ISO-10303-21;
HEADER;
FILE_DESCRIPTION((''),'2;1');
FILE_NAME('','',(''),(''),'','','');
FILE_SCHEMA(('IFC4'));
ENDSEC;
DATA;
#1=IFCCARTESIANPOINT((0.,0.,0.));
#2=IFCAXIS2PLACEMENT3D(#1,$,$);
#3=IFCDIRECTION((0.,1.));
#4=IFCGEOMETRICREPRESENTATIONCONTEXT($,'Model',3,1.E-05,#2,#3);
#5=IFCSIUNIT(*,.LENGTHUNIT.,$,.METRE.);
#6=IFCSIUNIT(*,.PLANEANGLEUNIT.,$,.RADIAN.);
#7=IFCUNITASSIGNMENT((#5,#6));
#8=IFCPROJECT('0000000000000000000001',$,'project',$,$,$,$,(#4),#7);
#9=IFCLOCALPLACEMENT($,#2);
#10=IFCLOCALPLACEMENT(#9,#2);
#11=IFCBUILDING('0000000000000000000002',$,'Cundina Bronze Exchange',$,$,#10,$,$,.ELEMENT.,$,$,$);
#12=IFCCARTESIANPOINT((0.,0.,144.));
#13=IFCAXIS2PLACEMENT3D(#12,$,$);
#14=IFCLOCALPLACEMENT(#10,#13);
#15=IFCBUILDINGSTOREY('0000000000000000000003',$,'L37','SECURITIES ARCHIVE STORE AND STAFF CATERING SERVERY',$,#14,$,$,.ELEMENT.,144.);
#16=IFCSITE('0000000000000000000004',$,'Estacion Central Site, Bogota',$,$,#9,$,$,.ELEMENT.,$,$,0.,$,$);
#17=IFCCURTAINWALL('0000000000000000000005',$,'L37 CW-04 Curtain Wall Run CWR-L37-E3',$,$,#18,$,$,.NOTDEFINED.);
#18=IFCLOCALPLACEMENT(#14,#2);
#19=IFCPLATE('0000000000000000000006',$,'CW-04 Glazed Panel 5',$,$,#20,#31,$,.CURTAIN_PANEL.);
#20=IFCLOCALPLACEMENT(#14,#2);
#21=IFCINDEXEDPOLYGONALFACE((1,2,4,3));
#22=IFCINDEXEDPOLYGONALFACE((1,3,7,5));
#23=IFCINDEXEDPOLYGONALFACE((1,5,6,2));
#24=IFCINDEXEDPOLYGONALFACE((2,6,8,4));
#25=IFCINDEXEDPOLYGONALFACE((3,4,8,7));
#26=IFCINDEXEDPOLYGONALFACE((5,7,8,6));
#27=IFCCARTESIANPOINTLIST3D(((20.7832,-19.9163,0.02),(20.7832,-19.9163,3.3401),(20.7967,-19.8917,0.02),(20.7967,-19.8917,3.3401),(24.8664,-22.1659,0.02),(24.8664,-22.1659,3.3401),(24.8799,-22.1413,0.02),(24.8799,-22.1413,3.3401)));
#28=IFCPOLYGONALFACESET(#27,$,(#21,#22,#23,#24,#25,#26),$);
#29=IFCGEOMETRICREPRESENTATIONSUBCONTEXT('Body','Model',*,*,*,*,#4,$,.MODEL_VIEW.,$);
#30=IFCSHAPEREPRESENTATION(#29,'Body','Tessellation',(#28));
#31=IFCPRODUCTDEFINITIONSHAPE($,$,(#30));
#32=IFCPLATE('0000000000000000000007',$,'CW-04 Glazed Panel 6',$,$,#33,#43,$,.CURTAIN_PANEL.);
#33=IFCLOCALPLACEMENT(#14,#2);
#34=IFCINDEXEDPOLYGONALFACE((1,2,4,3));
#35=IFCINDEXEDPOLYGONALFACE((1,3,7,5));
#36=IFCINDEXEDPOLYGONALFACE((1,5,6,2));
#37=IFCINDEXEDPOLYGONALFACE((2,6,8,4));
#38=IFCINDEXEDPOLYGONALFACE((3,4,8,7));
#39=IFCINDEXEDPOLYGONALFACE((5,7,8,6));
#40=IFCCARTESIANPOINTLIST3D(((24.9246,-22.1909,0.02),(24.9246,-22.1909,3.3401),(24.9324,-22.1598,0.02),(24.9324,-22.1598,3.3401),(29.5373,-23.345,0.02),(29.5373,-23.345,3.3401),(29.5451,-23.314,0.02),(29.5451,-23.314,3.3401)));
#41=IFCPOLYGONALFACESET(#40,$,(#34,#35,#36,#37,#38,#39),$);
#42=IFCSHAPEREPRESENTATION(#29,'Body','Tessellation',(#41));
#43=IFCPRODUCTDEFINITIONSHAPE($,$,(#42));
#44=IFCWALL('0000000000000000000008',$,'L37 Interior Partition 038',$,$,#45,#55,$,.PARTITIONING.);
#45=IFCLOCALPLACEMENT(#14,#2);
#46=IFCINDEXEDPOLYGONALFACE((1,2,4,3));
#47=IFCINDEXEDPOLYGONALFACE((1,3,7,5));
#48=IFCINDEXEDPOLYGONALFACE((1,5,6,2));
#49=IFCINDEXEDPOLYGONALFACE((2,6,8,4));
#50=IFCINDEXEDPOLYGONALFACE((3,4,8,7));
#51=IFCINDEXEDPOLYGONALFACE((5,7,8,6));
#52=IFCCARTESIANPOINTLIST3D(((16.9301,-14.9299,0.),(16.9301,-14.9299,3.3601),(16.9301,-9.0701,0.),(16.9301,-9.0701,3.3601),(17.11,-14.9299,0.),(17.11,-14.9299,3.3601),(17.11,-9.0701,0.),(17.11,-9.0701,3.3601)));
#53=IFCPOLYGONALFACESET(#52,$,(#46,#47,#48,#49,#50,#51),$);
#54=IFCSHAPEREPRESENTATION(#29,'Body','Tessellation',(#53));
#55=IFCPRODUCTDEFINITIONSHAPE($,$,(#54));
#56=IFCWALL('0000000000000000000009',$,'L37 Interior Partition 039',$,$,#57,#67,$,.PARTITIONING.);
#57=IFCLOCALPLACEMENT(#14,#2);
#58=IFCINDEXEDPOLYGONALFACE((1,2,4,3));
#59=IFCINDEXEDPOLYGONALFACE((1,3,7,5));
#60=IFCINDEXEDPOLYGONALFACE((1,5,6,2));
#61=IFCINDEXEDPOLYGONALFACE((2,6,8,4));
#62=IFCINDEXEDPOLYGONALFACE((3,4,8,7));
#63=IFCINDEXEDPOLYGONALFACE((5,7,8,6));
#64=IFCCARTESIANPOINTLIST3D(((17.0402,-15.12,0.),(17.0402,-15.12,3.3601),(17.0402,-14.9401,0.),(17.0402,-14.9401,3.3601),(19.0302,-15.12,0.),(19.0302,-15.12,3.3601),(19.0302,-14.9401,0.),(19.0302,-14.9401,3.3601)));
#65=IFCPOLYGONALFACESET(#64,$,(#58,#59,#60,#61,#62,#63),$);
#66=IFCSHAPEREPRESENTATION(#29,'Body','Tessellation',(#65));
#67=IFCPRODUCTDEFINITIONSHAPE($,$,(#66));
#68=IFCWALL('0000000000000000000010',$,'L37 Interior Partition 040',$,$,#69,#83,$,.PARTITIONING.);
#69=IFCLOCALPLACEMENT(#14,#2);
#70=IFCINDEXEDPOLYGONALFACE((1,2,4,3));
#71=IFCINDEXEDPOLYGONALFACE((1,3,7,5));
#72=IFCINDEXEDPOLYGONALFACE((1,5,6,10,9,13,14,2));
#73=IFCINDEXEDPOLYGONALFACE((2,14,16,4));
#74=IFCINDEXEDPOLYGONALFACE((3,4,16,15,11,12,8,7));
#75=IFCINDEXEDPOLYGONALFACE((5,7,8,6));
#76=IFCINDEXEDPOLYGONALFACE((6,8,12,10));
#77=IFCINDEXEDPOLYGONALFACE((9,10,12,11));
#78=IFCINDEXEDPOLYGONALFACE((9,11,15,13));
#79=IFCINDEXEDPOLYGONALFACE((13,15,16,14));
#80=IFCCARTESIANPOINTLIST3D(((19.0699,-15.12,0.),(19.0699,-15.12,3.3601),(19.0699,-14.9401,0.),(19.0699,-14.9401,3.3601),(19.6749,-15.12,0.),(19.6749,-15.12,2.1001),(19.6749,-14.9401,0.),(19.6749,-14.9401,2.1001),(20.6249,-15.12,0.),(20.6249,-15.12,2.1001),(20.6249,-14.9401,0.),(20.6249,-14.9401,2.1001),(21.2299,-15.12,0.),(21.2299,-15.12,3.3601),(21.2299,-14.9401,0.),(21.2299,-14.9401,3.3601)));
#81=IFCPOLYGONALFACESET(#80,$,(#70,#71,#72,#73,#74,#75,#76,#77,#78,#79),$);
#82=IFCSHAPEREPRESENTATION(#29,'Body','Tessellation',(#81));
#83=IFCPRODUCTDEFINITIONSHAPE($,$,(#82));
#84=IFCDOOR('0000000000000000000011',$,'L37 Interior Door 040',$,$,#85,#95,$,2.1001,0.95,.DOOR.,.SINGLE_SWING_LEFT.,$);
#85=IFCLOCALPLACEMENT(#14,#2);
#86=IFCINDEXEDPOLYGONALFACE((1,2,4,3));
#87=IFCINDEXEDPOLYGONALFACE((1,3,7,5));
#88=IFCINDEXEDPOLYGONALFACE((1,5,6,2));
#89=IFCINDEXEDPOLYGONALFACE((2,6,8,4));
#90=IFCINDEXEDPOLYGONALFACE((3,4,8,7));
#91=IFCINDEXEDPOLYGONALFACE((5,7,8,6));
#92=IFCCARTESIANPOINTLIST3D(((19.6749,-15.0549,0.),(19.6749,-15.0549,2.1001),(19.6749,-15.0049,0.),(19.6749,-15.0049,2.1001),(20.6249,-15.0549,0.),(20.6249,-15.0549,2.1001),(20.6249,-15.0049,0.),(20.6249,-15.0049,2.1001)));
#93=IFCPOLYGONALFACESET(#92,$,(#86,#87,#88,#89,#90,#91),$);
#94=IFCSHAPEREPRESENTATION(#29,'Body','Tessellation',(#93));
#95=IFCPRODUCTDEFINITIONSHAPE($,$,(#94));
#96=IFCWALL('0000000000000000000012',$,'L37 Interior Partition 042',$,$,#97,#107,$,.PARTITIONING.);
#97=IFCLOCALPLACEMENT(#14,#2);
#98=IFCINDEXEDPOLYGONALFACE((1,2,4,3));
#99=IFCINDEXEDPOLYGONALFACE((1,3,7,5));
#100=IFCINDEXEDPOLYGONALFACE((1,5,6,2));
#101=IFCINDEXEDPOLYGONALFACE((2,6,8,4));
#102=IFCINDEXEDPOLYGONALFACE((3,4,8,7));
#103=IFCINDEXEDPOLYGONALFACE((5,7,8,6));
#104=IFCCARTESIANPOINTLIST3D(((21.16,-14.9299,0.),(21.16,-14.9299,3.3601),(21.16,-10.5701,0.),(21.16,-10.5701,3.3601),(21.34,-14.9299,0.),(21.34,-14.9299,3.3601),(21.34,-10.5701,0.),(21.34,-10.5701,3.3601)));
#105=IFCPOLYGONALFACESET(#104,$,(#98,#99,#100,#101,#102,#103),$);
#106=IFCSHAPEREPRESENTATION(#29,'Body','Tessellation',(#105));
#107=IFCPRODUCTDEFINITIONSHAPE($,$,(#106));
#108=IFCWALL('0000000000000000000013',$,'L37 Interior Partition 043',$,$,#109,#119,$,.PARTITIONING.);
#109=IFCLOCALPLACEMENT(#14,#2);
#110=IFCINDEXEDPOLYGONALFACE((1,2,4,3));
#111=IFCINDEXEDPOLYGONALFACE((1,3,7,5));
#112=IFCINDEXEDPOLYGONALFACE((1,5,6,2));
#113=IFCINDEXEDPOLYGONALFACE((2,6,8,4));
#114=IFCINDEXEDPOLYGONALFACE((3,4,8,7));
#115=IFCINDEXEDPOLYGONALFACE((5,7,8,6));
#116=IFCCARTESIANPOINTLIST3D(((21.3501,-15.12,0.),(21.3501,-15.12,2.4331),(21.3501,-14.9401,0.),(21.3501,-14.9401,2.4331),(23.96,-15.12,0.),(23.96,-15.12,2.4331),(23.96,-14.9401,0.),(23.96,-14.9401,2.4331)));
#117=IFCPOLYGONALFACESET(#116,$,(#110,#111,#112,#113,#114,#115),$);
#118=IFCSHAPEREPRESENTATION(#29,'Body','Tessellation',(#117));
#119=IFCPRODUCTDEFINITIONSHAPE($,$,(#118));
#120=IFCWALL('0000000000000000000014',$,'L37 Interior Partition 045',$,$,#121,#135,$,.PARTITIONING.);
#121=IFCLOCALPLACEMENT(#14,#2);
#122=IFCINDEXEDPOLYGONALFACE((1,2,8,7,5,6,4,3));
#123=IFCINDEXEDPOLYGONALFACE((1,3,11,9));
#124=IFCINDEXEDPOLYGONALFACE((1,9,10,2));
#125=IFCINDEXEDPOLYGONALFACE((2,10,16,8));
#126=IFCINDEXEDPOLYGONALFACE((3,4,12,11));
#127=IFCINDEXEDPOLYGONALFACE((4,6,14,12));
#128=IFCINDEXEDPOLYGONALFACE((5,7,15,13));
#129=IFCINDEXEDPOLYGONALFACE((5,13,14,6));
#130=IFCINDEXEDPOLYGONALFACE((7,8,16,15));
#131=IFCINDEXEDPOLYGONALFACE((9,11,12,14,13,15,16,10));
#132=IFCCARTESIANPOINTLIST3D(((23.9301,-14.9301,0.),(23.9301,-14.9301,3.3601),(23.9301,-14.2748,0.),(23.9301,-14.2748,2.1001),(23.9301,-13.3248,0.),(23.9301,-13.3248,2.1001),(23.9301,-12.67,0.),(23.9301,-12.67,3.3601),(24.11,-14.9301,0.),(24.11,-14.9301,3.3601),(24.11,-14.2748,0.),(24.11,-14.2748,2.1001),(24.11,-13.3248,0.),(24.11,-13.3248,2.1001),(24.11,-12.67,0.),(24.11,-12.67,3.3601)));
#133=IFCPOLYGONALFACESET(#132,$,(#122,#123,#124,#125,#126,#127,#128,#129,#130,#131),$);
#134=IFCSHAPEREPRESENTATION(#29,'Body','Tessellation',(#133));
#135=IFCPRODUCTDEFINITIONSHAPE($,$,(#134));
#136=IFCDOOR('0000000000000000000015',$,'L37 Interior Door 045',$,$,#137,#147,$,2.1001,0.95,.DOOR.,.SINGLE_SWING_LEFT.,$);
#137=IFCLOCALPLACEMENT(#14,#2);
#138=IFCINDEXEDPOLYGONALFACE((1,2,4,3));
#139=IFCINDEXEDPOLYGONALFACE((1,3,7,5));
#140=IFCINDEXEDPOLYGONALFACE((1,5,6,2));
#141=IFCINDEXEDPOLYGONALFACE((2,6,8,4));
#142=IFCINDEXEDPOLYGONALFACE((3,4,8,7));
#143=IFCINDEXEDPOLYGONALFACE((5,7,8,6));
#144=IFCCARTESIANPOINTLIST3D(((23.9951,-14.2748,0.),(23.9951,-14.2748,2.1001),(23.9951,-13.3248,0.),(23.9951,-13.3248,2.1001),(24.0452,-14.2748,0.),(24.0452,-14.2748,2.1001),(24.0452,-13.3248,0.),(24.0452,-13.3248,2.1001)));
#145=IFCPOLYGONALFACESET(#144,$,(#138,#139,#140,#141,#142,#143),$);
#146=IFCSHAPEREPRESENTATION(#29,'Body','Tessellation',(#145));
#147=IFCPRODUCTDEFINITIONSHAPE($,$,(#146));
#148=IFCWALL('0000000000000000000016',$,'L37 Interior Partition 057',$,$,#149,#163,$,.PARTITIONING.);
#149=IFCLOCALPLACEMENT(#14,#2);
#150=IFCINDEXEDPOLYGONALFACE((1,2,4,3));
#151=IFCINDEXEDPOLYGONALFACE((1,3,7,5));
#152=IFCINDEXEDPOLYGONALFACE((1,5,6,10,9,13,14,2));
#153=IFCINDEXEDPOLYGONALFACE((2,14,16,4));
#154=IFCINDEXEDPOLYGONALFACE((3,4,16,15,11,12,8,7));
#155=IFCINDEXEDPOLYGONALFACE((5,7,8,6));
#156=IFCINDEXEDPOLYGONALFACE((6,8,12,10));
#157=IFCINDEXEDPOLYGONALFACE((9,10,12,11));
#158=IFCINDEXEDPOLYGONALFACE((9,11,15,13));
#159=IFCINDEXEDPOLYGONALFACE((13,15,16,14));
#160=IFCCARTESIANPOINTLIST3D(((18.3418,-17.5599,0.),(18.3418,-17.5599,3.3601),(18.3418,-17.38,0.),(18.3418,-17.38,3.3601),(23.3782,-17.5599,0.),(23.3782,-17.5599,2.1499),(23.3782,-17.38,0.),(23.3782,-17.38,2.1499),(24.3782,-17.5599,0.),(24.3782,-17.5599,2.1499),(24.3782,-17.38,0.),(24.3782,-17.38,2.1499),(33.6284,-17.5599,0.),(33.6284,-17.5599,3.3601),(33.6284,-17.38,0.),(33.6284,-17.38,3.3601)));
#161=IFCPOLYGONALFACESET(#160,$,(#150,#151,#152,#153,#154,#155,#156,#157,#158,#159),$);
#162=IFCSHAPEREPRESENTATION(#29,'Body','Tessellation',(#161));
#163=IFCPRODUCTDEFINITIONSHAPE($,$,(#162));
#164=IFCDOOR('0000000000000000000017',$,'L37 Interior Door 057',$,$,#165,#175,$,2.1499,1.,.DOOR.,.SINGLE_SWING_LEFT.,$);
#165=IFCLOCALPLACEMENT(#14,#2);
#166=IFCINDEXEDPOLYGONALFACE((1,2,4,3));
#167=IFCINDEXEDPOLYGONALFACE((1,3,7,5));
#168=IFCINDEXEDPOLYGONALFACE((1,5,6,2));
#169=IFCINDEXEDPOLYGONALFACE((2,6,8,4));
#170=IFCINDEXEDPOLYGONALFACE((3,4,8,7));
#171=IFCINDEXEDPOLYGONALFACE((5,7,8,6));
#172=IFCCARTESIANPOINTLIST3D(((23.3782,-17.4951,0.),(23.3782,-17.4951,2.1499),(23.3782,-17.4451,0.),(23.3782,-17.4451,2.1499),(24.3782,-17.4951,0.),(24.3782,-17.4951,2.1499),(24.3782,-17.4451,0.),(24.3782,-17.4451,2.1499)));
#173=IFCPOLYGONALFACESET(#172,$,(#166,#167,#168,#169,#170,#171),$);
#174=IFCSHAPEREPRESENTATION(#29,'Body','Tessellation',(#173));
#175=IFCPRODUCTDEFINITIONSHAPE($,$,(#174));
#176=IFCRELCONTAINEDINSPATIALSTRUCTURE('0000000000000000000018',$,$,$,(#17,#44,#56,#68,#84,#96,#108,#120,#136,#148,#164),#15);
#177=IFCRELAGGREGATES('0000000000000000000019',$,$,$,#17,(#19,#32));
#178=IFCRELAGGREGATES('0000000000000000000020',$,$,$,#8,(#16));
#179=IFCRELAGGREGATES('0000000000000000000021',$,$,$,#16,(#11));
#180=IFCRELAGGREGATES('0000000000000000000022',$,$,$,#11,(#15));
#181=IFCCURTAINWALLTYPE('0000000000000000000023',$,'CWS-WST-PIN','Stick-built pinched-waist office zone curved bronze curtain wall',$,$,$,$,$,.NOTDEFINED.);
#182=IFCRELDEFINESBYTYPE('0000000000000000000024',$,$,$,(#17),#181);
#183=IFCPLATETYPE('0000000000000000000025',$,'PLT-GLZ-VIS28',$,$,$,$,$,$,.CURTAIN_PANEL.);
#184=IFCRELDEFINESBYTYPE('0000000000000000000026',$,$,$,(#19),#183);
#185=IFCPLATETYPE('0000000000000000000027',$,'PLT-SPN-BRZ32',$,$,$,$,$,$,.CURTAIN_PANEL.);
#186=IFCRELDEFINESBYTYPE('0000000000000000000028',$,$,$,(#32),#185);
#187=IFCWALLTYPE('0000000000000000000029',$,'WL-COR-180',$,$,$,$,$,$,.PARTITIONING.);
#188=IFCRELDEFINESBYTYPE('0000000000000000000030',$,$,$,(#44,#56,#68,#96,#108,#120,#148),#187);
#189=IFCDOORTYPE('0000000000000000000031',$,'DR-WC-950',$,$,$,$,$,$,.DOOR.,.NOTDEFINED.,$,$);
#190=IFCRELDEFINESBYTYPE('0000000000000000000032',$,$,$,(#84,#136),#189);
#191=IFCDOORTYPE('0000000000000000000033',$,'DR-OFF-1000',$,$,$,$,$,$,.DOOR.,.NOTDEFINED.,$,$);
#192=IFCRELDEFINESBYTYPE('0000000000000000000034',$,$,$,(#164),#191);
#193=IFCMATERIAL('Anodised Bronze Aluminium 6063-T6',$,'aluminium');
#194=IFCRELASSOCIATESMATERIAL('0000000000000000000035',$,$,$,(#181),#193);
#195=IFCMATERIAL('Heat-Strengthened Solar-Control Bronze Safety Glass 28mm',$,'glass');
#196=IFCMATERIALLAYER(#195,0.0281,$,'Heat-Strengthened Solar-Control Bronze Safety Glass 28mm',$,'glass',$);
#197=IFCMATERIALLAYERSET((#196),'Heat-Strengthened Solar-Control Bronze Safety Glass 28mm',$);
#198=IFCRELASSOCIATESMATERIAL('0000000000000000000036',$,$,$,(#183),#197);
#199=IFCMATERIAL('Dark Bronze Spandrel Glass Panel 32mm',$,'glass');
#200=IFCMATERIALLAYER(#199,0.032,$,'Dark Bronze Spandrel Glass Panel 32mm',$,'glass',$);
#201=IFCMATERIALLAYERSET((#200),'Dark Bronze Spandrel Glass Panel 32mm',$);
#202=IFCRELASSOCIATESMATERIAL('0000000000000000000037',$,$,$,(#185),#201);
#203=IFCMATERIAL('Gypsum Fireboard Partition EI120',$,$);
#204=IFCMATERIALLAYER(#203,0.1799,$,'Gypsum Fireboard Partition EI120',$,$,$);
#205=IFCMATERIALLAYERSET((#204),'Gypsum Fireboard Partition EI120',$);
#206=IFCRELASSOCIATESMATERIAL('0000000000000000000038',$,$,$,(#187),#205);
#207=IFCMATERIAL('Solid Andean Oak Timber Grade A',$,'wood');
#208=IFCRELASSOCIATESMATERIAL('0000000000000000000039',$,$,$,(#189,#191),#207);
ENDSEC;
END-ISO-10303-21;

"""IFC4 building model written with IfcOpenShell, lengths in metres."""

from ifc_helpers import new_model, si_unit, direction, frame, frame_2d, origin, origin_2d, place, context, subcontext, project, spatial, rectangle, extrude, material, layer, layer_set, type_object, element, fill, aggregate, save


model = new_model("IFC4")

# Units and contexts
model_context = context("Model", 3, precision=1e-05, world=origin(), true_north=direction((0.0, 1.0)))
body_context = subcontext(model_context, "Body", "Model", "MODEL_VIEW")
ifc_project = project(units=[si_unit("LENGTHUNIT", "METRE"), si_unit("PLANEANGLEUNIT", "RADIAN")], contexts=[model_context])

# Site, building, storey
site_placement = place(None, origin())
site = spatial("IfcSite", under=ifc_project, at=site_placement, Name="Estacion Central Site, Bogota", CompositionType="ELEMENT", RefElevation=0.0)
building_placement = place(site_placement, origin())
building = spatial("IfcBuilding", under=site, at=building_placement, Name="Cundina Bronze Exchange", CompositionType="ELEMENT")
storey_placement = place(building_placement, frame((0.0, 0.0, 144.0)))
storey = spatial("IfcBuildingStorey", under=building, at=storey_placement, Name="L37", Description="SECURITIES ARCHIVE STORE AND STAFF CATERING SERVERY", CompositionType="ELEMENT", Elevation=144.0)

# Curtain wall, plates
ifc_material_1 = material(Name="Anodised Bronze Aluminium 6063-T6", Category="aluminium")
curtain_wall_type = type_object("IfcCurtainWallType", Name="CWS-WST-PIN", Description="Stick-built pinched-waist office zone curved bronze curtain wall", PredefinedType="NOTDEFINED", material=ifc_material_1)
curtain_wall_placement = place(storey_placement, origin())
curtain_wall = element("IfcCurtainWall", 1, at=curtain_wall_placement, inside=storey, type_object=curtain_wall_type, Name="L37 CW-04 Curtain Wall Run CWR-L37-E3", PredefinedType="NOTDEFINED")
ifc_material_2 = material(Name="Heat-Strengthened Solar-Control Bronze Safety Glass 28mm", Category="glass")
ifc_layer_1 = layer(ifc_material_2, 0.0281, Name="Heat-Strengthened Solar-Control Bronze Safety Glass 28mm", Category="glass")
ifc_layer_set_1 = layer_set([ifc_layer_1], Name="Heat-Strengthened Solar-Control Bronze Safety Glass 28mm")
plate_type_1 = type_object("IfcPlateType", Name="PLT-GLZ-VIS28", PredefinedType="CURTAIN_PANEL", material=ifc_layer_set_1)
plate_1_placement = place(storey_placement, frame((22.8315, -21.0288, 0.02), z_axis=(0.0, 0.0, 1.0), x_axis=(0.875869, -0.482549, 0.0)))
plate_1 = element("IfcPlate", 2, at=plate_1_placement, type_object=plate_type_1, Name="CW-04 Glazed Panel 5", PredefinedType="CURTAIN_PANEL", context=body_context, shape_type="SweptSolid", body=[
    extrude(rectangle(XDim=4.6619, YDim=0.0281, at=origin_2d()), origin(), (0.0, 0.0, 1.0), 3.3201),
])
ifc_material_3 = material(Name="Dark Bronze Spandrel Glass Panel 32mm", Category="glass")
ifc_layer_2 = layer(ifc_material_3, 0.032, Name="Dark Bronze Spandrel Glass Panel 32mm", Category="glass")
ifc_layer_set_2 = layer_set([ifc_layer_2], Name="Dark Bronze Spandrel Glass Panel 32mm")
plate_type_2 = type_object("IfcPlateType", Name="PLT-SPN-BRZ32", PredefinedType="CURTAIN_PANEL", material=ifc_layer_set_2)
plate_2_placement = place(storey_placement, frame((27.2349, -22.7524, 0.02), z_axis=(0.0, 0.0, 1.0), x_axis=(0.970093, -0.242735, 0.0)))
plate_2 = element("IfcPlate", 3, at=plate_2_placement, type_object=plate_type_2, Name="CW-04 Glazed Panel 6", PredefinedType="CURTAIN_PANEL", context=body_context, shape_type="SweptSolid", body=[
    extrude(rectangle(XDim=4.7549, YDim=0.032, at=origin_2d()), origin(), (0.0, 0.0, 1.0), 3.3201),
])
aggregate(curtain_wall, [plate_1, plate_2])

# Walls
ifc_material_4 = material(Name="Gypsum Fireboard Partition EI120")
ifc_layer_3 = layer(ifc_material_4, 0.1799, Name="Gypsum Fireboard Partition EI120")
ifc_layer_set_3 = layer_set([ifc_layer_3], Name="Gypsum Fireboard Partition EI120")
wall_type_1 = type_object("IfcWallType", Name="WL-COR-180", PredefinedType="PARTITIONING", material=ifc_layer_set_3)
wall_1_placement = place(storey_placement, frame((17.02, -14.9299, 0.0), z_axis=(0.0, 0.0, 1.0), x_axis=(0.0, 1.0, 0.0)))
element("IfcWall", 4, at=wall_1_placement, inside=storey, type_object=wall_type_1, Name="L37 Interior Partition 038", PredefinedType="PARTITIONING", context=body_context, shape_type="SweptSolid", body=[
    extrude(rectangle(XDim=5.8599, YDim=0.1799, at=frame_2d((2.9299, 0.0))), origin(), (0.0, 0.0, 1.0), 3.3601),
])
wall_2_placement = place(storey_placement, frame((17.04, -15.03, 0.0), z_axis=(0.0, 0.0, 1.0), x_axis=(1.0, 0.0, 0.0)))
element("IfcWall", 5, at=wall_2_placement, inside=storey, type_object=wall_type_1, Name="L37 Interior Partition 039", PredefinedType="PARTITIONING", context=body_context, shape_type="SweptSolid", body=[
    extrude(rectangle(XDim=1.99, YDim=0.1799, at=frame_2d((0.9951, 0.0))), origin(), (0.0, 0.0, 1.0), 3.3601),
])

# Wall, opening, door
wall_3_placement = place(storey_placement, frame((21.23, -15.03, 0.0), z_axis=(0.0, 0.0, 1.0), x_axis=(-1.0, 0.0, 0.0)))
wall_3 = element("IfcWall", 6, at=wall_3_placement, inside=storey, type_object=wall_type_1, Name="L37 Interior Partition 040", PredefinedType="PARTITIONING", context=body_context, shape_type="SweptSolid", body=[
    extrude(rectangle(XDim=2.1599, YDim=0.1799, at=frame_2d((1.0801, 0.0))), origin(), (0.0, 0.0, 1.0), 3.3601),
])
opening_1_placement = place(wall_3_placement, frame((0.605, 0.0, 0.0)))
opening_1 = element("IfcOpeningElement", 7, at=opening_1_placement, cuts=wall_3, PredefinedType="OPENING", context=body_context, shape_type="SweptSolid", body=[
    extrude(rectangle(XDim=0.95, YDim=2.1001, at=frame_2d((0.4751, 1.05))), frame((0.0, 0.0999, 0.0), z_axis=(0.0, -1.0, 0.0), x_axis=(1.0, 0.0, 0.0)), (0.0, 0.0, 1.0), 0.2),
])
ifc_material_5 = material(Name="Solid Andean Oak Timber Grade A", Category="wood")
door_type_1 = type_object("IfcDoorType", Name="DR-WC-950", OperationType="NOTDEFINED", PredefinedType="DOOR", material=ifc_material_5)
door_1_placement = place(opening_1_placement, origin())
door_1 = element("IfcDoor", 8, at=door_1_placement, inside=storey, type_object=door_type_1, Name="L37 Interior Door 040", OperationType="SINGLE_SWING_LEFT", OverallHeight=2.1001, OverallWidth=0.95, PredefinedType="DOOR", context=body_context, shape_type="SweptSolid", body=[
    extrude(rectangle(XDim=0.95, YDim=2.1001, at=frame_2d((0.4751, 1.05))), frame((0.0, 0.0249, 0.0), z_axis=(0.0, -1.0, 0.0), x_axis=(1.0, 0.0, 0.0)), (0.0, 0.0, 1.0), 0.05),
])
fill(opening_1, door_1)

# Walls
wall_4_placement = place(storey_placement, frame((21.25, -14.9299, 0.0), z_axis=(0.0, 0.0, 1.0), x_axis=(0.0, 1.0, 0.0)))
element("IfcWall", 9, at=wall_4_placement, inside=storey, type_object=wall_type_1, Name="L37 Interior Partition 042", PredefinedType="PARTITIONING", context=body_context, shape_type="SweptSolid", body=[
    extrude(rectangle(XDim=4.3599, YDim=0.1799, at=frame_2d((2.1799, 0.0))), origin(), (0.0, 0.0, 1.0), 3.3601),
])
wall_5_placement = place(storey_placement, frame((21.3501, -15.03, 0.0), z_axis=(0.0, 0.0, 1.0), x_axis=(1.0, 0.0, 0.0)))
element("IfcWall", 10, at=wall_5_placement, inside=storey, type_object=wall_type_1, Name="L37 Interior Partition 043", PredefinedType="PARTITIONING", context=body_context, shape_type="SweptSolid", body=[
    extrude(rectangle(XDim=2.6099, YDim=0.1799, at=frame_2d((1.3049, 0.0))), origin(), (0.0, 0.0, 1.0), 2.4331),
])

# Walls, openings, doors
wall_6_placement = place(storey_placement, frame((24.02, -14.9299, 0.0), z_axis=(0.0, 0.0, 1.0), x_axis=(0.0, 1.0, 0.0)))
wall_6 = element("IfcWall", 11, at=wall_6_placement, inside=storey, type_object=wall_type_1, Name="L37 Interior Partition 045", PredefinedType="PARTITIONING", context=body_context, shape_type="SweptSolid", body=[
    extrude(rectangle(XDim=2.26, YDim=0.1799, at=frame_2d((1.1299, 0.0))), origin(), (0.0, 0.0, 1.0), 3.3601),
])
opening_2_placement = place(wall_6_placement, frame((0.655, 0.0, 0.0)))
opening_2 = element("IfcOpeningElement", 12, at=opening_2_placement, cuts=wall_6, PredefinedType="OPENING", context=body_context, shape_type="SweptSolid", body=[
    extrude(rectangle(XDim=0.95, YDim=2.1001, at=frame_2d((0.4751, 1.05))), frame((0.0, 0.0999, 0.0), z_axis=(0.0, -1.0, 0.0), x_axis=(1.0, 0.0, 0.0)), (0.0, 0.0, 1.0), 0.2),
])
door_2_placement = place(opening_2_placement, origin())
door_2 = element("IfcDoor", 13, at=door_2_placement, inside=storey, type_object=door_type_1, Name="L37 Interior Door 045", OperationType="SINGLE_SWING_LEFT", OverallHeight=2.1001, OverallWidth=0.95, PredefinedType="DOOR", context=body_context, shape_type="SweptSolid", body=[
    extrude(rectangle(XDim=0.95, YDim=2.1001, at=frame_2d((0.4751, 1.05))), frame((0.0, 0.0249, 0.0), z_axis=(0.0, -1.0, 0.0), x_axis=(1.0, 0.0, 0.0)), (0.0, 0.0, 1.0), 0.05),
])
fill(opening_2, door_2)
wall_7_placement = place(storey_placement, frame((18.3418, -17.47, 0.0), z_axis=(0.0, 0.0, 1.0), x_axis=(1.0, 0.0, 0.0)))
wall_7 = element("IfcWall", 14, at=wall_7_placement, inside=storey, type_object=wall_type_1, Name="L37 Interior Partition 057", PredefinedType="PARTITIONING", context=body_context, shape_type="SweptSolid", body=[
    extrude(rectangle(XDim=15.2866, YDim=0.1799, at=frame_2d((7.6433, 0.0))), origin(), (0.0, 0.0, 1.0), 3.3601),
])
opening_3_placement = place(wall_7_placement, frame((5.0364, 0.0, 0.0)))
opening_3 = element("IfcOpeningElement", 15, at=opening_3_placement, cuts=wall_7, PredefinedType="OPENING", context=body_context, shape_type="SweptSolid", body=[
    extrude(rectangle(XDim=1.0, YDim=2.1499, at=frame_2d((0.5, 1.075))), frame((0.0, 0.0999, 0.0), z_axis=(0.0, -1.0, 0.0), x_axis=(1.0, 0.0, 0.0)), (0.0, 0.0, 1.0), 0.2),
])
door_type_2 = type_object("IfcDoorType", Name="DR-OFF-1000", OperationType="NOTDEFINED", PredefinedType="DOOR", material=ifc_material_5)
door_3_placement = place(opening_3_placement, origin())
door_3 = element("IfcDoor", 16, at=door_3_placement, inside=storey, type_object=door_type_2, Name="L37 Interior Door 057", OperationType="SINGLE_SWING_LEFT", OverallHeight=2.1499, OverallWidth=1.0, PredefinedType="DOOR", context=body_context, shape_type="SweptSolid", body=[
    extrude(rectangle(XDim=1.0, YDim=2.1499, at=frame_2d((0.5, 1.075))), frame((0.0, 0.0249, 0.0), z_axis=(0.0, -1.0, 0.0), x_axis=(1.0, 0.0, 0.0)), (0.0, 0.0, 1.0), 0.05),
])
fill(opening_3, door_3)

save(model, "model.ifc")
